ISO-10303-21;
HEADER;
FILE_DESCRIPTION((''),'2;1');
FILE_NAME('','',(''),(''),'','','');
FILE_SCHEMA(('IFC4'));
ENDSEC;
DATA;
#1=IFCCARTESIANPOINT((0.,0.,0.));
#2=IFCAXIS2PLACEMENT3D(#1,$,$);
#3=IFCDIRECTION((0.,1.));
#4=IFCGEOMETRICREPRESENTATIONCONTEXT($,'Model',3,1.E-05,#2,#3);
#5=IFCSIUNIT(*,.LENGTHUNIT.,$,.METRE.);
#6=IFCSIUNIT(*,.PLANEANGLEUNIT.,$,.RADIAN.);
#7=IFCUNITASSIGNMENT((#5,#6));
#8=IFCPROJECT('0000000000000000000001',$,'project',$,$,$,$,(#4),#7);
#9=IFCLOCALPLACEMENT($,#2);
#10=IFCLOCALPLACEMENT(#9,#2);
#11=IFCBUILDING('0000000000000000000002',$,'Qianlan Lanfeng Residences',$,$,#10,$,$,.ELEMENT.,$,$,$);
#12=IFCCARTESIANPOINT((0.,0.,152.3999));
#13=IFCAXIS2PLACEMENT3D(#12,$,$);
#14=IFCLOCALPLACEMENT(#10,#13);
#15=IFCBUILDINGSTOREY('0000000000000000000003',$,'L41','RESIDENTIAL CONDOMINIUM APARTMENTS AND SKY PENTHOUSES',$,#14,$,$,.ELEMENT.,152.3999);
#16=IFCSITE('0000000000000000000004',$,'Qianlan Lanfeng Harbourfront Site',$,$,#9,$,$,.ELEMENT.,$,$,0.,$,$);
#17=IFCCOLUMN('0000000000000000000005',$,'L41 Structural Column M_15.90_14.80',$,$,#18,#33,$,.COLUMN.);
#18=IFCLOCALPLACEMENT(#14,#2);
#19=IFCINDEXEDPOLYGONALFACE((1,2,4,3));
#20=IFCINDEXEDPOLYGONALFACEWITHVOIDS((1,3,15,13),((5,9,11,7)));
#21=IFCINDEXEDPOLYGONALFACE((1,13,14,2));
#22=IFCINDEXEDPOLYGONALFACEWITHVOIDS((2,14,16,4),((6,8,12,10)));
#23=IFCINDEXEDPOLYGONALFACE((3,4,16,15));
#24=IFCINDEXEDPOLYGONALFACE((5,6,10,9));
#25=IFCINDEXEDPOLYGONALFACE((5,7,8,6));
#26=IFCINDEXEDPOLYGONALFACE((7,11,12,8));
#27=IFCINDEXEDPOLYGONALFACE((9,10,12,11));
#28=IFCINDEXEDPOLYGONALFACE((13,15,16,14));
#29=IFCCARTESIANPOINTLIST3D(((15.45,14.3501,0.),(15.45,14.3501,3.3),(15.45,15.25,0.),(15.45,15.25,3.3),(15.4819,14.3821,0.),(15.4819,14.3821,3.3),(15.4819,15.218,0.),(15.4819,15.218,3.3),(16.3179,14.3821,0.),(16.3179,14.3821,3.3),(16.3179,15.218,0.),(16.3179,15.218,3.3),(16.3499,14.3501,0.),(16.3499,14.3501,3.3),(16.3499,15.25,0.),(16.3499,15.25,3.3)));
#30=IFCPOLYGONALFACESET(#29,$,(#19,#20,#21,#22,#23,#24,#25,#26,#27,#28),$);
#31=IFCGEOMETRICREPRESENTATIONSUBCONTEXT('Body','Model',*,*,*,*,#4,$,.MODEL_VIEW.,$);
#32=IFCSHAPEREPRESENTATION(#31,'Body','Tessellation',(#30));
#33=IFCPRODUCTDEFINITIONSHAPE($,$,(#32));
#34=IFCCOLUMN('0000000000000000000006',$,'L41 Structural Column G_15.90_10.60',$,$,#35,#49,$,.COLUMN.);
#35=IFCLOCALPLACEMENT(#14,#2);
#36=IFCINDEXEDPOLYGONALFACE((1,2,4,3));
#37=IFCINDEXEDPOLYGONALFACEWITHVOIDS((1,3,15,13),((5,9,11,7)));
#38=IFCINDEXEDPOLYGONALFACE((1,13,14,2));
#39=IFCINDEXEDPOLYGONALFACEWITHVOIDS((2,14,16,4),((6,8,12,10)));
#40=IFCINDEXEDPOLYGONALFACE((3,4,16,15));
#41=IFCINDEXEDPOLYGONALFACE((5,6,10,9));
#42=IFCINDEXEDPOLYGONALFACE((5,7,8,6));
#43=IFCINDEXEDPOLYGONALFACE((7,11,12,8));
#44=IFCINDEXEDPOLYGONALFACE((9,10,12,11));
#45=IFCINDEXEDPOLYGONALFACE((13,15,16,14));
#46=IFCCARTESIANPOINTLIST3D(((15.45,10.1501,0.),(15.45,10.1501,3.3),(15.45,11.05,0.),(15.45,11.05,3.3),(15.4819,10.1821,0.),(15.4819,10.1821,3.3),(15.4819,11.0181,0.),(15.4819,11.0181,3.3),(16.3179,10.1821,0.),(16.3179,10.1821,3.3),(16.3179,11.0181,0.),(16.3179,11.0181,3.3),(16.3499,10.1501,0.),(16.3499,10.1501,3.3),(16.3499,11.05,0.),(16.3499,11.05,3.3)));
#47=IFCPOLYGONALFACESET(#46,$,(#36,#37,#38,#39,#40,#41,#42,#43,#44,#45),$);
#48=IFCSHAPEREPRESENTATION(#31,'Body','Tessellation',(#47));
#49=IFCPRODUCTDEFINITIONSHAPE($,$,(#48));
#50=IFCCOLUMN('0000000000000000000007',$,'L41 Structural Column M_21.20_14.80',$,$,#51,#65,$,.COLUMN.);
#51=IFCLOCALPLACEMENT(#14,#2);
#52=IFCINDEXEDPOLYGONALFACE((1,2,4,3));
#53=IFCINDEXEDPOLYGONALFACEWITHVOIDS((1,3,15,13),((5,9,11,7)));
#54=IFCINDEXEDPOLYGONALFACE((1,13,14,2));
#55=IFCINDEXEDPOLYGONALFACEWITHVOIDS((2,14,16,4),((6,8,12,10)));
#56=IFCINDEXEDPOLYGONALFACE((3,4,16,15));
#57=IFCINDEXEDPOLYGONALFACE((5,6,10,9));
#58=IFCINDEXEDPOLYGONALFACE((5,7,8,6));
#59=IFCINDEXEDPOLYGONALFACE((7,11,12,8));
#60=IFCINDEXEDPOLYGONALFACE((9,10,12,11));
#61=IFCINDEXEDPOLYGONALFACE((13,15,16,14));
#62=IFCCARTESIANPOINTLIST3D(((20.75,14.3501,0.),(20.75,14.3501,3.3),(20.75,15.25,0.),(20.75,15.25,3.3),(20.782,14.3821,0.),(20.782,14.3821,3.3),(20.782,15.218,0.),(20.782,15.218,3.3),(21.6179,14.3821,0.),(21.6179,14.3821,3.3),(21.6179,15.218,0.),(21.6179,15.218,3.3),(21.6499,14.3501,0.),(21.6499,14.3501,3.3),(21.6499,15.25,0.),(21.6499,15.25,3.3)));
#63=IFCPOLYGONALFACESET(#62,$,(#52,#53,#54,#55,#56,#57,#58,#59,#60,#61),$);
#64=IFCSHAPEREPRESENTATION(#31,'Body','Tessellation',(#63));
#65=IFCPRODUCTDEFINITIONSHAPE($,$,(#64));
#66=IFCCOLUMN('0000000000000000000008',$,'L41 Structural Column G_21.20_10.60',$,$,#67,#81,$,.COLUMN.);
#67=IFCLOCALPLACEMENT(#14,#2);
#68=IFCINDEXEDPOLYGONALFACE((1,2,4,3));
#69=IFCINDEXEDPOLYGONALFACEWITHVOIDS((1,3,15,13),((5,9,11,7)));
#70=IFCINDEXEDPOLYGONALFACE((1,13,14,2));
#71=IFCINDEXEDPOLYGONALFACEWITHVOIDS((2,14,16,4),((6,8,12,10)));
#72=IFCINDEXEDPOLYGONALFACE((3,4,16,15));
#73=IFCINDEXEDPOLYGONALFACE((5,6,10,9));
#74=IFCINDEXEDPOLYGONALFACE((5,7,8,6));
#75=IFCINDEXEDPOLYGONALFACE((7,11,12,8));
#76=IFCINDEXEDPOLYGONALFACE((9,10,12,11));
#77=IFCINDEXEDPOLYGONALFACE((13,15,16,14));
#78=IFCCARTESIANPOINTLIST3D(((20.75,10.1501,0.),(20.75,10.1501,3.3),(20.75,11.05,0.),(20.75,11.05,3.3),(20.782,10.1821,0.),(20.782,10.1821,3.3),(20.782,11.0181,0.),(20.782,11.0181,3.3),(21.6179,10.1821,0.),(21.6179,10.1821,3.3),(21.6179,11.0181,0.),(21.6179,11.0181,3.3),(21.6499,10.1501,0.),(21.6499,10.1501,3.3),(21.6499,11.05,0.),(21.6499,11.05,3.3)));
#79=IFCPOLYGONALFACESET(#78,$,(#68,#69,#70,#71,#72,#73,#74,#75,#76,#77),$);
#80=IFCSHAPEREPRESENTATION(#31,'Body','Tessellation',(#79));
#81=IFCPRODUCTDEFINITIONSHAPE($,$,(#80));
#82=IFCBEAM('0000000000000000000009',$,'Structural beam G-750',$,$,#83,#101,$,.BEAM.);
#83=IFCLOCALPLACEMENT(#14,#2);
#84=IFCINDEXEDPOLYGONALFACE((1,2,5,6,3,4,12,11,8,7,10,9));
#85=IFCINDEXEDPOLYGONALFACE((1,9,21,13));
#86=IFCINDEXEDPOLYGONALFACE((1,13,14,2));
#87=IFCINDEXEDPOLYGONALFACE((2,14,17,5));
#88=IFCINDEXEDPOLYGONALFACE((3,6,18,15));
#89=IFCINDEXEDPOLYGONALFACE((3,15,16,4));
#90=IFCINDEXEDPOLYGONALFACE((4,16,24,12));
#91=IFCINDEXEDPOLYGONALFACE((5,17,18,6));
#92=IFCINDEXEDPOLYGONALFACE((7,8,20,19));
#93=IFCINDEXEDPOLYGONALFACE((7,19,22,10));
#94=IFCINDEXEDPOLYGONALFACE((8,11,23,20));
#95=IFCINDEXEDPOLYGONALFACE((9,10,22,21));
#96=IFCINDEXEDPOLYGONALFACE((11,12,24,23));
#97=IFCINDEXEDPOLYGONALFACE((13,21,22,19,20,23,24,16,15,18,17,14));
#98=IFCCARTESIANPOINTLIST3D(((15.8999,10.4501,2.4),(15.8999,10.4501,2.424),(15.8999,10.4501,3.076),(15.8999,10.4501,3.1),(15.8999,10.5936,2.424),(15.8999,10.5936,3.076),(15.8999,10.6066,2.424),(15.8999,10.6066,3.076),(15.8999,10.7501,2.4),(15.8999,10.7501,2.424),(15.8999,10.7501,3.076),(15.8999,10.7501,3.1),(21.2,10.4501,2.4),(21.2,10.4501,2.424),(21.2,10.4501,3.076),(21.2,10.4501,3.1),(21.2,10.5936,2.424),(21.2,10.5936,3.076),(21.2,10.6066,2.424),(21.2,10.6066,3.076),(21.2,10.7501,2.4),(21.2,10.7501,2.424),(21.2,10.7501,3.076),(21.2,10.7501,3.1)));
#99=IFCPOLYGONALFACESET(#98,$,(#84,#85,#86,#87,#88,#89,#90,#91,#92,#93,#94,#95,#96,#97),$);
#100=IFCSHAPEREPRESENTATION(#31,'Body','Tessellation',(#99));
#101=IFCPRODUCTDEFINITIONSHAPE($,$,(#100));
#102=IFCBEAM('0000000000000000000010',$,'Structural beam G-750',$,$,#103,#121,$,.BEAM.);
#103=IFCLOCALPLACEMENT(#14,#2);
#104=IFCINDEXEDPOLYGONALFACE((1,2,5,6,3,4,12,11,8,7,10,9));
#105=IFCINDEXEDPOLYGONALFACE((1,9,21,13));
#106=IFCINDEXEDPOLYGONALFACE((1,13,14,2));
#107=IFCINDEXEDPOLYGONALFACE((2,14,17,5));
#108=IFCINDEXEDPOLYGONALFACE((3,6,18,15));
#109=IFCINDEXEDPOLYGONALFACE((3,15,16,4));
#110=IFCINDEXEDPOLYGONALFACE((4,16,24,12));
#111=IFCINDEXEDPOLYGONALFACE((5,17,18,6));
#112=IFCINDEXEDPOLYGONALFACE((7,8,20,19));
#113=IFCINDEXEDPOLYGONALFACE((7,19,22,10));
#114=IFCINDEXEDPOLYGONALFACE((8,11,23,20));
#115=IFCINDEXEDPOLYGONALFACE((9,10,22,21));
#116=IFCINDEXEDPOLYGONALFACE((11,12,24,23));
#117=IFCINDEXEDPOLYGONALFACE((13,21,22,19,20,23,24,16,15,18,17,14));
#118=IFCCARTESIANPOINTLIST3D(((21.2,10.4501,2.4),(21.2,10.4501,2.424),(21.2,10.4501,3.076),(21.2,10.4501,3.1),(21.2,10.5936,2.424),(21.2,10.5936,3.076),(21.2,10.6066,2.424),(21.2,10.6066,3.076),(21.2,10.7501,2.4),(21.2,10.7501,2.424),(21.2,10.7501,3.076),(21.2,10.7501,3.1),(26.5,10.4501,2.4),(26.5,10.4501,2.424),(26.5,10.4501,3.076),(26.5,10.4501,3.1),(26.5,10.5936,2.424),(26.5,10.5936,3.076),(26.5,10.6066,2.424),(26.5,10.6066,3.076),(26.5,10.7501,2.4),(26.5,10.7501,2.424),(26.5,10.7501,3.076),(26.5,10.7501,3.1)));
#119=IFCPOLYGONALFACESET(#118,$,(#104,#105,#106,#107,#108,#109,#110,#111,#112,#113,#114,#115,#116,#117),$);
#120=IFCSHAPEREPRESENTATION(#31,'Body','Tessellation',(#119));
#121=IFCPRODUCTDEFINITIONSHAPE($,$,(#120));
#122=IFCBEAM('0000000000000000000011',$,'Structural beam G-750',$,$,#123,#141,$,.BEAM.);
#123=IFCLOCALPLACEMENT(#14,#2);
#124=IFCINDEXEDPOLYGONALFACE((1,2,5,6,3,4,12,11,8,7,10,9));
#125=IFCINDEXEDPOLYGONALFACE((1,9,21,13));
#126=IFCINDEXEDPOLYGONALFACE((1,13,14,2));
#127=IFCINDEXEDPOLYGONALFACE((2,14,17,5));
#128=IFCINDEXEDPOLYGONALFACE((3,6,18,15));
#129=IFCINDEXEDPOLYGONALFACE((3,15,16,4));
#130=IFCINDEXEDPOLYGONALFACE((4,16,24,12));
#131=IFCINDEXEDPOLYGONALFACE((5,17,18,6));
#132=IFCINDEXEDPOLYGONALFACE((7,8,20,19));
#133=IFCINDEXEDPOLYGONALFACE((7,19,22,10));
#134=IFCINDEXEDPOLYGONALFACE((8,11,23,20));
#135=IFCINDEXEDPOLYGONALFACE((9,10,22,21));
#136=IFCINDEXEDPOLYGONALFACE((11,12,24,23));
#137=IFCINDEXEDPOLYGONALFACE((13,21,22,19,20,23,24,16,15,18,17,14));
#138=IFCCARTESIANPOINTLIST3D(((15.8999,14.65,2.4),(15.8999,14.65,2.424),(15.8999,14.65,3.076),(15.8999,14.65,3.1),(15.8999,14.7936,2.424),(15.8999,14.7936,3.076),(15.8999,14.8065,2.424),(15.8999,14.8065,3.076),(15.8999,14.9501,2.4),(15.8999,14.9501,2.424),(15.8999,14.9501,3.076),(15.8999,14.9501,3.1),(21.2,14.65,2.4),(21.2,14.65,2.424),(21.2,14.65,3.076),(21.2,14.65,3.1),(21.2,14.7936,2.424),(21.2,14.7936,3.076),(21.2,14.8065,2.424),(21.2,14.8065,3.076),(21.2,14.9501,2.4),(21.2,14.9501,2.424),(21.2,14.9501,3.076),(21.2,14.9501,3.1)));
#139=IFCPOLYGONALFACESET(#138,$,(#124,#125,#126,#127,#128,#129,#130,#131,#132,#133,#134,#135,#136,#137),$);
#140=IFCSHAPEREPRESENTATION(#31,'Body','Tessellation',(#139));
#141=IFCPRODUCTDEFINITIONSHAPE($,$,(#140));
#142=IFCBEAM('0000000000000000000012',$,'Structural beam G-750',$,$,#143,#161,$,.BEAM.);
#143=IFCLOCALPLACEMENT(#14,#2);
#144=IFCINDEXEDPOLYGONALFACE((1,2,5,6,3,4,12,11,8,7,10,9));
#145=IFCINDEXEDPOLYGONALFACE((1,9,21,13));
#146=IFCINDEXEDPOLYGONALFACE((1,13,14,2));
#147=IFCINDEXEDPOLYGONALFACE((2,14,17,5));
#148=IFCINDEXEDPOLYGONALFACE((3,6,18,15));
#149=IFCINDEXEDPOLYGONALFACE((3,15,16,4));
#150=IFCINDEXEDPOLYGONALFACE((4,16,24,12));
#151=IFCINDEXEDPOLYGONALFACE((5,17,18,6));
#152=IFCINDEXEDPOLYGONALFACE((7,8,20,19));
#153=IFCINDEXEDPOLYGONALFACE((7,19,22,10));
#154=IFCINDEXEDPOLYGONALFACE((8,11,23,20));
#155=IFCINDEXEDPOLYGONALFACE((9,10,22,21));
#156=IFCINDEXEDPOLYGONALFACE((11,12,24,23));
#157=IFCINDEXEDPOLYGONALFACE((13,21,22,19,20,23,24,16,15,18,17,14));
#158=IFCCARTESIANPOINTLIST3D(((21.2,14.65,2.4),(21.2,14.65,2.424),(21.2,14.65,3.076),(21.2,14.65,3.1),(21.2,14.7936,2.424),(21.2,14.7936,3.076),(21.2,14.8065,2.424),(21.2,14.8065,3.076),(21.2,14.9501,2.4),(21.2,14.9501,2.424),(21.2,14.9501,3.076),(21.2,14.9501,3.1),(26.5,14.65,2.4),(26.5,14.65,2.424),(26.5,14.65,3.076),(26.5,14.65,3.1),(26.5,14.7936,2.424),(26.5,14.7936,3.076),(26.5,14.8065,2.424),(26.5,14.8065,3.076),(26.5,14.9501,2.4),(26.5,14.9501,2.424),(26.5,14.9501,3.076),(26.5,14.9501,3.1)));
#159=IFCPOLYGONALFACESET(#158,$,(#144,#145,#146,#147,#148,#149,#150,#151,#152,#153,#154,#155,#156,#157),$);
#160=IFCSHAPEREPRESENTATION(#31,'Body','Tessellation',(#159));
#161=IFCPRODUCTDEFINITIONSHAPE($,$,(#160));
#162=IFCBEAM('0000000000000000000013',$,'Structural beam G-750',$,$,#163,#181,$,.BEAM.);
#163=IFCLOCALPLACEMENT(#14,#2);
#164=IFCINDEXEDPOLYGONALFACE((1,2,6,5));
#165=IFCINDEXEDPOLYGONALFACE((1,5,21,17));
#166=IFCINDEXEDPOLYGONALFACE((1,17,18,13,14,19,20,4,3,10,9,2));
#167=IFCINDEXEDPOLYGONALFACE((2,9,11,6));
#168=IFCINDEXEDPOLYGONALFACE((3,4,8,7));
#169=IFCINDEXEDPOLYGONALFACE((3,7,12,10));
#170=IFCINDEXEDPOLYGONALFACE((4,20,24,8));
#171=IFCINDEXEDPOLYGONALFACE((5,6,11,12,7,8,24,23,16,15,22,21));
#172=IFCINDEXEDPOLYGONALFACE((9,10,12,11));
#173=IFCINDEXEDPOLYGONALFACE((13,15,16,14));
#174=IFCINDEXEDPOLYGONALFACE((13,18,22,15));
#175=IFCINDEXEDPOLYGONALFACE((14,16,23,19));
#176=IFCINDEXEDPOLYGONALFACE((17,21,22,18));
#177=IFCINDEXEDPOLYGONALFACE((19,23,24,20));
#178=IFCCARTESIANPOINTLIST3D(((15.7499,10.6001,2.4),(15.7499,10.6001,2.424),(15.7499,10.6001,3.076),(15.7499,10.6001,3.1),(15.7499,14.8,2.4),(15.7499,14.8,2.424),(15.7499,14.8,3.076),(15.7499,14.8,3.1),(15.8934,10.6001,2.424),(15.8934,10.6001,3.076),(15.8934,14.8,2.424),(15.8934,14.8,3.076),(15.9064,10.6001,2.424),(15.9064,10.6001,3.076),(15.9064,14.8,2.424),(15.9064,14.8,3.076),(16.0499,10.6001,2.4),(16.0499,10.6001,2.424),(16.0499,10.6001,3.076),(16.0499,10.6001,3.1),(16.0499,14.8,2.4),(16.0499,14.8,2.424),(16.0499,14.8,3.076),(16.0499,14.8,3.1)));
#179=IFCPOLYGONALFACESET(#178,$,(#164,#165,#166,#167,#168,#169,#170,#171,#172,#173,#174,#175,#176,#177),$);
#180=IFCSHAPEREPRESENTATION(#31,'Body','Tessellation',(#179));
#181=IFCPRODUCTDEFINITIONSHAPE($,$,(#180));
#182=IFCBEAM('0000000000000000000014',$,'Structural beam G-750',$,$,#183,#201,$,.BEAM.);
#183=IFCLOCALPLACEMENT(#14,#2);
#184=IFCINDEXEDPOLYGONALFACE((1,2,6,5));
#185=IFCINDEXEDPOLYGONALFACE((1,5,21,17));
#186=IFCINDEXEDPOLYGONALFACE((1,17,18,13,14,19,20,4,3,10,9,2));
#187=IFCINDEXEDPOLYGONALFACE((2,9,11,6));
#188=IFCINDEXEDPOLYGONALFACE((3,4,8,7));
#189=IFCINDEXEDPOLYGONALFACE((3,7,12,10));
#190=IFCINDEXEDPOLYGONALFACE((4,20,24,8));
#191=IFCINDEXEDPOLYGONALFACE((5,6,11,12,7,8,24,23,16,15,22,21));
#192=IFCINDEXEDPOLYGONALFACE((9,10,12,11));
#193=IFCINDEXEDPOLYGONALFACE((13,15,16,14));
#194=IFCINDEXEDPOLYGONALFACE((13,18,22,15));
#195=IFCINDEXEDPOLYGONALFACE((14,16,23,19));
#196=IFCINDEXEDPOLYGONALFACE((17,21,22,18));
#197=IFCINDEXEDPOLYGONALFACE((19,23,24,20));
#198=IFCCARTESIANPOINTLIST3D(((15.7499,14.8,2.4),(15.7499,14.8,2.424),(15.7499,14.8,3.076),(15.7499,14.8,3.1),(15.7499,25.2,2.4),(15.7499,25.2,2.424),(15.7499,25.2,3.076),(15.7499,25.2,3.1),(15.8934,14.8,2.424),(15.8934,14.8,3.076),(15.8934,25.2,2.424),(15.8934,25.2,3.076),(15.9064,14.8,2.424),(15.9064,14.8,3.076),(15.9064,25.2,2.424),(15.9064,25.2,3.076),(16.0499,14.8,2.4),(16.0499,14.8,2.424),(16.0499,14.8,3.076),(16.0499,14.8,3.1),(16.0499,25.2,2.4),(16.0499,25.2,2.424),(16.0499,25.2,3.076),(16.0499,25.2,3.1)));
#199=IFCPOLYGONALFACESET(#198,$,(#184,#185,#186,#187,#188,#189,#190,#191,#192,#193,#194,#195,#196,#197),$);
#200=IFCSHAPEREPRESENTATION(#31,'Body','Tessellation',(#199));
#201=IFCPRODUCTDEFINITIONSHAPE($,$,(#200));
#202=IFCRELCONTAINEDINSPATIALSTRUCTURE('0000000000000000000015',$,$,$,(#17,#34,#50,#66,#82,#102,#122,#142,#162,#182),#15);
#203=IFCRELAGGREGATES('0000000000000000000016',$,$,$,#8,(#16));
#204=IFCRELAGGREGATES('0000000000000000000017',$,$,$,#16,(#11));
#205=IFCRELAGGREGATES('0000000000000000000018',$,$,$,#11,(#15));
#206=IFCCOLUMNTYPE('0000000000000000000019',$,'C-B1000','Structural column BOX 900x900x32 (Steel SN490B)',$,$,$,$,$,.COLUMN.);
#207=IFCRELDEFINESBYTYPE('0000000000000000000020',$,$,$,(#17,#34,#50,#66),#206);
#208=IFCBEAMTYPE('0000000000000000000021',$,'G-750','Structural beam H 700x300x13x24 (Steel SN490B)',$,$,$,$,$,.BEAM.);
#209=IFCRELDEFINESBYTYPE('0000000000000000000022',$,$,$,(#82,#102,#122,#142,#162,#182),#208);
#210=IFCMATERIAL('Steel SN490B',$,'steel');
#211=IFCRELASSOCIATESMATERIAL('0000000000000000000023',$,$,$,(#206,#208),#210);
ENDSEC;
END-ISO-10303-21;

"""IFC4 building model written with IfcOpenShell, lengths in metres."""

from ifc_helpers import new_model, si_unit, direction, frame, origin, origin_2d, place, context, subcontext, project, spatial, hollow_rectangle, i_section, extrude, material, material_profile, profile_set, type_object, element, save


model = new_model("IFC4")

# Units and contexts
model_context = context("Model", 3, precision=1e-05, world=origin(), true_north=direction((0.0, 1.0)))
body_context = subcontext(model_context, "Body", "Model", "MODEL_VIEW")
ifc_project = project(units=[si_unit("LENGTHUNIT", "METRE"), si_unit("PLANEANGLEUNIT", "RADIAN")], contexts=[model_context])

# Site, building, storey
site_placement = place(None, origin())
site = spatial("IfcSite", under=ifc_project, at=site_placement, Name="Qianlan Lanfeng Harbourfront Site", CompositionType="ELEMENT", RefElevation=0.0)
building_placement = place(site_placement, origin())
building = spatial("IfcBuilding", under=site, at=building_placement, Name="Qianlan Lanfeng Residences", CompositionType="ELEMENT")
storey_placement = place(building_placement, frame((0.0, 0.0, 152.3999)))
storey = spatial("IfcBuildingStorey", under=building, at=storey_placement, Name="L41", Description="RESIDENTIAL CONDOMINIUM APARTMENTS AND SKY PENTHOUSES", CompositionType="ELEMENT", Elevation=152.3999)

# Columns
ifc_material_1 = material(Name="Steel SN490B", Category="steel")
ifc_material_profile_1 = material_profile(ifc_material_1, hollow_rectangle(XDim=0.8999, YDim=0.8999, WallThickness=0.032, at=origin_2d()), Name="BOX 900x900x32")
ifc_profile_set_1 = profile_set([ifc_material_profile_1], Name="Steel SN490B")
column_type = type_object("IfcColumnType", Name="C-B1000", Description="Structural column BOX 900x900x32 (Steel SN490B)", PredefinedType="COLUMN", material=ifc_profile_set_1)
for number, where, z_axis, x_axis, name in (
    (1, (15.8999, 14.8, 0.0), (0.0, 0.0, 1.0), (1.0, 0.0, 0.0), "L41 Structural Column M_15.90_14.80"),
    (2, (15.8999, 10.6001, 0.0), (0.0, 0.0, 1.0), (1.0, 0.0, 0.0), "L41 Structural Column G_15.90_10.60"),
    (3, (21.2, 14.8, 0.0), (0.0, 0.0, 1.0), (1.0, 0.0, 0.0), "L41 Structural Column M_21.20_14.80"),
    (4, (21.2, 10.6001, 0.0), (0.0, 0.0, 1.0), (1.0, 0.0, 0.0), "L41 Structural Column G_21.20_10.60"),
):
    element("IfcColumn", number, at=place(storey_placement, frame(where, z_axis=z_axis, x_axis=x_axis)), inside=storey, type_object=column_type, Name=name, PredefinedType="COLUMN", context=body_context, shape_type="SweptSolid", body=[
        extrude(hollow_rectangle(XDim=0.8999, YDim=0.8999, WallThickness=0.032, at=origin_2d()), origin(), (0.0, 0.0, 1.0), 3.3),
    ])

# Beams
ifc_material_profile_2 = material_profile(ifc_material_1, i_section(OverallWidth=0.3, OverallDepth=0.7, WebThickness=0.0129, FlangeThickness=0.0239, at=origin_2d()), Name="H 700x300x13x24")
ifc_profile_set_2 = profile_set([ifc_material_profile_2], Name="Steel SN490B")
beam_type_1 = type_object("IfcBeamType", Name="G-750", Description="Structural beam H 700x300x13x24 (Steel SN490B)", PredefinedType="BEAM", material=ifc_profile_set_2)
for number, where, z_axis, x_axis, name in (
    (5, (15.8999, 10.6001, 2.75), (1.0, 0.0, 0.0), (0.0, 1.0, 0.0), "Structural beam G-750"),
    (6, (21.2, 10.6001, 2.75), (1.0, 0.0, 0.0), (0.0, 1.0, 0.0), "Structural beam G-750"),
    (7, (15.8999, 14.8, 2.75), (1.0, 0.0, 0.0), (0.0, 1.0, 0.0), "Structural beam G-750"),
    (8, (21.2, 14.8, 2.75), (1.0, 0.0, 0.0), (0.0, 1.0, 0.0), "Structural beam G-750"),
):
    element("IfcBeam", number, at=place(storey_placement, frame(where, z_axis=z_axis, x_axis=x_axis)), inside=storey, type_object=beam_type_1, Name=name, PredefinedType="BEAM", context=body_context, shape_type="SweptSolid", body=[
        extrude(i_section(OverallWidth=0.3, OverallDepth=0.7, WebThickness=0.0129, FlangeThickness=0.0239, at=origin_2d()), origin(), (0.0, 0.0, 1.0), 5.3),
    ])
beam_1_placement = place(storey_placement, frame((15.8999, 10.6001, 2.75), z_axis=(0.0, 1.0, 0.0), x_axis=(-1.0, 0.0, 0.0)))
element("IfcBeam", 9, at=beam_1_placement, inside=storey, type_object=beam_type_1, Name="Structural beam G-750", PredefinedType="BEAM", context=body_context, shape_type="SweptSolid", body=[
    extrude(i_section(OverallWidth=0.3, OverallDepth=0.7, WebThickness=0.0129, FlangeThickness=0.0239, at=origin_2d()), origin(), (0.0, 0.0, 1.0), 4.2),
])
beam_2_placement = place(storey_placement, frame((15.8999, 14.8, 2.75), z_axis=(0.0, 1.0, 0.0), x_axis=(-1.0, 0.0, 0.0)))
element("IfcBeam", 10, at=beam_2_placement, inside=storey, type_object=beam_type_1, Name="Structural beam G-750", PredefinedType="BEAM", context=body_context, shape_type="SweptSolid", body=[
    extrude(i_section(OverallWidth=0.3, OverallDepth=0.7, WebThickness=0.0129, FlangeThickness=0.0239, at=origin_2d()), origin(), (0.0, 0.0, 1.0), 10.3999),
])

save(model, "model.ifc")
